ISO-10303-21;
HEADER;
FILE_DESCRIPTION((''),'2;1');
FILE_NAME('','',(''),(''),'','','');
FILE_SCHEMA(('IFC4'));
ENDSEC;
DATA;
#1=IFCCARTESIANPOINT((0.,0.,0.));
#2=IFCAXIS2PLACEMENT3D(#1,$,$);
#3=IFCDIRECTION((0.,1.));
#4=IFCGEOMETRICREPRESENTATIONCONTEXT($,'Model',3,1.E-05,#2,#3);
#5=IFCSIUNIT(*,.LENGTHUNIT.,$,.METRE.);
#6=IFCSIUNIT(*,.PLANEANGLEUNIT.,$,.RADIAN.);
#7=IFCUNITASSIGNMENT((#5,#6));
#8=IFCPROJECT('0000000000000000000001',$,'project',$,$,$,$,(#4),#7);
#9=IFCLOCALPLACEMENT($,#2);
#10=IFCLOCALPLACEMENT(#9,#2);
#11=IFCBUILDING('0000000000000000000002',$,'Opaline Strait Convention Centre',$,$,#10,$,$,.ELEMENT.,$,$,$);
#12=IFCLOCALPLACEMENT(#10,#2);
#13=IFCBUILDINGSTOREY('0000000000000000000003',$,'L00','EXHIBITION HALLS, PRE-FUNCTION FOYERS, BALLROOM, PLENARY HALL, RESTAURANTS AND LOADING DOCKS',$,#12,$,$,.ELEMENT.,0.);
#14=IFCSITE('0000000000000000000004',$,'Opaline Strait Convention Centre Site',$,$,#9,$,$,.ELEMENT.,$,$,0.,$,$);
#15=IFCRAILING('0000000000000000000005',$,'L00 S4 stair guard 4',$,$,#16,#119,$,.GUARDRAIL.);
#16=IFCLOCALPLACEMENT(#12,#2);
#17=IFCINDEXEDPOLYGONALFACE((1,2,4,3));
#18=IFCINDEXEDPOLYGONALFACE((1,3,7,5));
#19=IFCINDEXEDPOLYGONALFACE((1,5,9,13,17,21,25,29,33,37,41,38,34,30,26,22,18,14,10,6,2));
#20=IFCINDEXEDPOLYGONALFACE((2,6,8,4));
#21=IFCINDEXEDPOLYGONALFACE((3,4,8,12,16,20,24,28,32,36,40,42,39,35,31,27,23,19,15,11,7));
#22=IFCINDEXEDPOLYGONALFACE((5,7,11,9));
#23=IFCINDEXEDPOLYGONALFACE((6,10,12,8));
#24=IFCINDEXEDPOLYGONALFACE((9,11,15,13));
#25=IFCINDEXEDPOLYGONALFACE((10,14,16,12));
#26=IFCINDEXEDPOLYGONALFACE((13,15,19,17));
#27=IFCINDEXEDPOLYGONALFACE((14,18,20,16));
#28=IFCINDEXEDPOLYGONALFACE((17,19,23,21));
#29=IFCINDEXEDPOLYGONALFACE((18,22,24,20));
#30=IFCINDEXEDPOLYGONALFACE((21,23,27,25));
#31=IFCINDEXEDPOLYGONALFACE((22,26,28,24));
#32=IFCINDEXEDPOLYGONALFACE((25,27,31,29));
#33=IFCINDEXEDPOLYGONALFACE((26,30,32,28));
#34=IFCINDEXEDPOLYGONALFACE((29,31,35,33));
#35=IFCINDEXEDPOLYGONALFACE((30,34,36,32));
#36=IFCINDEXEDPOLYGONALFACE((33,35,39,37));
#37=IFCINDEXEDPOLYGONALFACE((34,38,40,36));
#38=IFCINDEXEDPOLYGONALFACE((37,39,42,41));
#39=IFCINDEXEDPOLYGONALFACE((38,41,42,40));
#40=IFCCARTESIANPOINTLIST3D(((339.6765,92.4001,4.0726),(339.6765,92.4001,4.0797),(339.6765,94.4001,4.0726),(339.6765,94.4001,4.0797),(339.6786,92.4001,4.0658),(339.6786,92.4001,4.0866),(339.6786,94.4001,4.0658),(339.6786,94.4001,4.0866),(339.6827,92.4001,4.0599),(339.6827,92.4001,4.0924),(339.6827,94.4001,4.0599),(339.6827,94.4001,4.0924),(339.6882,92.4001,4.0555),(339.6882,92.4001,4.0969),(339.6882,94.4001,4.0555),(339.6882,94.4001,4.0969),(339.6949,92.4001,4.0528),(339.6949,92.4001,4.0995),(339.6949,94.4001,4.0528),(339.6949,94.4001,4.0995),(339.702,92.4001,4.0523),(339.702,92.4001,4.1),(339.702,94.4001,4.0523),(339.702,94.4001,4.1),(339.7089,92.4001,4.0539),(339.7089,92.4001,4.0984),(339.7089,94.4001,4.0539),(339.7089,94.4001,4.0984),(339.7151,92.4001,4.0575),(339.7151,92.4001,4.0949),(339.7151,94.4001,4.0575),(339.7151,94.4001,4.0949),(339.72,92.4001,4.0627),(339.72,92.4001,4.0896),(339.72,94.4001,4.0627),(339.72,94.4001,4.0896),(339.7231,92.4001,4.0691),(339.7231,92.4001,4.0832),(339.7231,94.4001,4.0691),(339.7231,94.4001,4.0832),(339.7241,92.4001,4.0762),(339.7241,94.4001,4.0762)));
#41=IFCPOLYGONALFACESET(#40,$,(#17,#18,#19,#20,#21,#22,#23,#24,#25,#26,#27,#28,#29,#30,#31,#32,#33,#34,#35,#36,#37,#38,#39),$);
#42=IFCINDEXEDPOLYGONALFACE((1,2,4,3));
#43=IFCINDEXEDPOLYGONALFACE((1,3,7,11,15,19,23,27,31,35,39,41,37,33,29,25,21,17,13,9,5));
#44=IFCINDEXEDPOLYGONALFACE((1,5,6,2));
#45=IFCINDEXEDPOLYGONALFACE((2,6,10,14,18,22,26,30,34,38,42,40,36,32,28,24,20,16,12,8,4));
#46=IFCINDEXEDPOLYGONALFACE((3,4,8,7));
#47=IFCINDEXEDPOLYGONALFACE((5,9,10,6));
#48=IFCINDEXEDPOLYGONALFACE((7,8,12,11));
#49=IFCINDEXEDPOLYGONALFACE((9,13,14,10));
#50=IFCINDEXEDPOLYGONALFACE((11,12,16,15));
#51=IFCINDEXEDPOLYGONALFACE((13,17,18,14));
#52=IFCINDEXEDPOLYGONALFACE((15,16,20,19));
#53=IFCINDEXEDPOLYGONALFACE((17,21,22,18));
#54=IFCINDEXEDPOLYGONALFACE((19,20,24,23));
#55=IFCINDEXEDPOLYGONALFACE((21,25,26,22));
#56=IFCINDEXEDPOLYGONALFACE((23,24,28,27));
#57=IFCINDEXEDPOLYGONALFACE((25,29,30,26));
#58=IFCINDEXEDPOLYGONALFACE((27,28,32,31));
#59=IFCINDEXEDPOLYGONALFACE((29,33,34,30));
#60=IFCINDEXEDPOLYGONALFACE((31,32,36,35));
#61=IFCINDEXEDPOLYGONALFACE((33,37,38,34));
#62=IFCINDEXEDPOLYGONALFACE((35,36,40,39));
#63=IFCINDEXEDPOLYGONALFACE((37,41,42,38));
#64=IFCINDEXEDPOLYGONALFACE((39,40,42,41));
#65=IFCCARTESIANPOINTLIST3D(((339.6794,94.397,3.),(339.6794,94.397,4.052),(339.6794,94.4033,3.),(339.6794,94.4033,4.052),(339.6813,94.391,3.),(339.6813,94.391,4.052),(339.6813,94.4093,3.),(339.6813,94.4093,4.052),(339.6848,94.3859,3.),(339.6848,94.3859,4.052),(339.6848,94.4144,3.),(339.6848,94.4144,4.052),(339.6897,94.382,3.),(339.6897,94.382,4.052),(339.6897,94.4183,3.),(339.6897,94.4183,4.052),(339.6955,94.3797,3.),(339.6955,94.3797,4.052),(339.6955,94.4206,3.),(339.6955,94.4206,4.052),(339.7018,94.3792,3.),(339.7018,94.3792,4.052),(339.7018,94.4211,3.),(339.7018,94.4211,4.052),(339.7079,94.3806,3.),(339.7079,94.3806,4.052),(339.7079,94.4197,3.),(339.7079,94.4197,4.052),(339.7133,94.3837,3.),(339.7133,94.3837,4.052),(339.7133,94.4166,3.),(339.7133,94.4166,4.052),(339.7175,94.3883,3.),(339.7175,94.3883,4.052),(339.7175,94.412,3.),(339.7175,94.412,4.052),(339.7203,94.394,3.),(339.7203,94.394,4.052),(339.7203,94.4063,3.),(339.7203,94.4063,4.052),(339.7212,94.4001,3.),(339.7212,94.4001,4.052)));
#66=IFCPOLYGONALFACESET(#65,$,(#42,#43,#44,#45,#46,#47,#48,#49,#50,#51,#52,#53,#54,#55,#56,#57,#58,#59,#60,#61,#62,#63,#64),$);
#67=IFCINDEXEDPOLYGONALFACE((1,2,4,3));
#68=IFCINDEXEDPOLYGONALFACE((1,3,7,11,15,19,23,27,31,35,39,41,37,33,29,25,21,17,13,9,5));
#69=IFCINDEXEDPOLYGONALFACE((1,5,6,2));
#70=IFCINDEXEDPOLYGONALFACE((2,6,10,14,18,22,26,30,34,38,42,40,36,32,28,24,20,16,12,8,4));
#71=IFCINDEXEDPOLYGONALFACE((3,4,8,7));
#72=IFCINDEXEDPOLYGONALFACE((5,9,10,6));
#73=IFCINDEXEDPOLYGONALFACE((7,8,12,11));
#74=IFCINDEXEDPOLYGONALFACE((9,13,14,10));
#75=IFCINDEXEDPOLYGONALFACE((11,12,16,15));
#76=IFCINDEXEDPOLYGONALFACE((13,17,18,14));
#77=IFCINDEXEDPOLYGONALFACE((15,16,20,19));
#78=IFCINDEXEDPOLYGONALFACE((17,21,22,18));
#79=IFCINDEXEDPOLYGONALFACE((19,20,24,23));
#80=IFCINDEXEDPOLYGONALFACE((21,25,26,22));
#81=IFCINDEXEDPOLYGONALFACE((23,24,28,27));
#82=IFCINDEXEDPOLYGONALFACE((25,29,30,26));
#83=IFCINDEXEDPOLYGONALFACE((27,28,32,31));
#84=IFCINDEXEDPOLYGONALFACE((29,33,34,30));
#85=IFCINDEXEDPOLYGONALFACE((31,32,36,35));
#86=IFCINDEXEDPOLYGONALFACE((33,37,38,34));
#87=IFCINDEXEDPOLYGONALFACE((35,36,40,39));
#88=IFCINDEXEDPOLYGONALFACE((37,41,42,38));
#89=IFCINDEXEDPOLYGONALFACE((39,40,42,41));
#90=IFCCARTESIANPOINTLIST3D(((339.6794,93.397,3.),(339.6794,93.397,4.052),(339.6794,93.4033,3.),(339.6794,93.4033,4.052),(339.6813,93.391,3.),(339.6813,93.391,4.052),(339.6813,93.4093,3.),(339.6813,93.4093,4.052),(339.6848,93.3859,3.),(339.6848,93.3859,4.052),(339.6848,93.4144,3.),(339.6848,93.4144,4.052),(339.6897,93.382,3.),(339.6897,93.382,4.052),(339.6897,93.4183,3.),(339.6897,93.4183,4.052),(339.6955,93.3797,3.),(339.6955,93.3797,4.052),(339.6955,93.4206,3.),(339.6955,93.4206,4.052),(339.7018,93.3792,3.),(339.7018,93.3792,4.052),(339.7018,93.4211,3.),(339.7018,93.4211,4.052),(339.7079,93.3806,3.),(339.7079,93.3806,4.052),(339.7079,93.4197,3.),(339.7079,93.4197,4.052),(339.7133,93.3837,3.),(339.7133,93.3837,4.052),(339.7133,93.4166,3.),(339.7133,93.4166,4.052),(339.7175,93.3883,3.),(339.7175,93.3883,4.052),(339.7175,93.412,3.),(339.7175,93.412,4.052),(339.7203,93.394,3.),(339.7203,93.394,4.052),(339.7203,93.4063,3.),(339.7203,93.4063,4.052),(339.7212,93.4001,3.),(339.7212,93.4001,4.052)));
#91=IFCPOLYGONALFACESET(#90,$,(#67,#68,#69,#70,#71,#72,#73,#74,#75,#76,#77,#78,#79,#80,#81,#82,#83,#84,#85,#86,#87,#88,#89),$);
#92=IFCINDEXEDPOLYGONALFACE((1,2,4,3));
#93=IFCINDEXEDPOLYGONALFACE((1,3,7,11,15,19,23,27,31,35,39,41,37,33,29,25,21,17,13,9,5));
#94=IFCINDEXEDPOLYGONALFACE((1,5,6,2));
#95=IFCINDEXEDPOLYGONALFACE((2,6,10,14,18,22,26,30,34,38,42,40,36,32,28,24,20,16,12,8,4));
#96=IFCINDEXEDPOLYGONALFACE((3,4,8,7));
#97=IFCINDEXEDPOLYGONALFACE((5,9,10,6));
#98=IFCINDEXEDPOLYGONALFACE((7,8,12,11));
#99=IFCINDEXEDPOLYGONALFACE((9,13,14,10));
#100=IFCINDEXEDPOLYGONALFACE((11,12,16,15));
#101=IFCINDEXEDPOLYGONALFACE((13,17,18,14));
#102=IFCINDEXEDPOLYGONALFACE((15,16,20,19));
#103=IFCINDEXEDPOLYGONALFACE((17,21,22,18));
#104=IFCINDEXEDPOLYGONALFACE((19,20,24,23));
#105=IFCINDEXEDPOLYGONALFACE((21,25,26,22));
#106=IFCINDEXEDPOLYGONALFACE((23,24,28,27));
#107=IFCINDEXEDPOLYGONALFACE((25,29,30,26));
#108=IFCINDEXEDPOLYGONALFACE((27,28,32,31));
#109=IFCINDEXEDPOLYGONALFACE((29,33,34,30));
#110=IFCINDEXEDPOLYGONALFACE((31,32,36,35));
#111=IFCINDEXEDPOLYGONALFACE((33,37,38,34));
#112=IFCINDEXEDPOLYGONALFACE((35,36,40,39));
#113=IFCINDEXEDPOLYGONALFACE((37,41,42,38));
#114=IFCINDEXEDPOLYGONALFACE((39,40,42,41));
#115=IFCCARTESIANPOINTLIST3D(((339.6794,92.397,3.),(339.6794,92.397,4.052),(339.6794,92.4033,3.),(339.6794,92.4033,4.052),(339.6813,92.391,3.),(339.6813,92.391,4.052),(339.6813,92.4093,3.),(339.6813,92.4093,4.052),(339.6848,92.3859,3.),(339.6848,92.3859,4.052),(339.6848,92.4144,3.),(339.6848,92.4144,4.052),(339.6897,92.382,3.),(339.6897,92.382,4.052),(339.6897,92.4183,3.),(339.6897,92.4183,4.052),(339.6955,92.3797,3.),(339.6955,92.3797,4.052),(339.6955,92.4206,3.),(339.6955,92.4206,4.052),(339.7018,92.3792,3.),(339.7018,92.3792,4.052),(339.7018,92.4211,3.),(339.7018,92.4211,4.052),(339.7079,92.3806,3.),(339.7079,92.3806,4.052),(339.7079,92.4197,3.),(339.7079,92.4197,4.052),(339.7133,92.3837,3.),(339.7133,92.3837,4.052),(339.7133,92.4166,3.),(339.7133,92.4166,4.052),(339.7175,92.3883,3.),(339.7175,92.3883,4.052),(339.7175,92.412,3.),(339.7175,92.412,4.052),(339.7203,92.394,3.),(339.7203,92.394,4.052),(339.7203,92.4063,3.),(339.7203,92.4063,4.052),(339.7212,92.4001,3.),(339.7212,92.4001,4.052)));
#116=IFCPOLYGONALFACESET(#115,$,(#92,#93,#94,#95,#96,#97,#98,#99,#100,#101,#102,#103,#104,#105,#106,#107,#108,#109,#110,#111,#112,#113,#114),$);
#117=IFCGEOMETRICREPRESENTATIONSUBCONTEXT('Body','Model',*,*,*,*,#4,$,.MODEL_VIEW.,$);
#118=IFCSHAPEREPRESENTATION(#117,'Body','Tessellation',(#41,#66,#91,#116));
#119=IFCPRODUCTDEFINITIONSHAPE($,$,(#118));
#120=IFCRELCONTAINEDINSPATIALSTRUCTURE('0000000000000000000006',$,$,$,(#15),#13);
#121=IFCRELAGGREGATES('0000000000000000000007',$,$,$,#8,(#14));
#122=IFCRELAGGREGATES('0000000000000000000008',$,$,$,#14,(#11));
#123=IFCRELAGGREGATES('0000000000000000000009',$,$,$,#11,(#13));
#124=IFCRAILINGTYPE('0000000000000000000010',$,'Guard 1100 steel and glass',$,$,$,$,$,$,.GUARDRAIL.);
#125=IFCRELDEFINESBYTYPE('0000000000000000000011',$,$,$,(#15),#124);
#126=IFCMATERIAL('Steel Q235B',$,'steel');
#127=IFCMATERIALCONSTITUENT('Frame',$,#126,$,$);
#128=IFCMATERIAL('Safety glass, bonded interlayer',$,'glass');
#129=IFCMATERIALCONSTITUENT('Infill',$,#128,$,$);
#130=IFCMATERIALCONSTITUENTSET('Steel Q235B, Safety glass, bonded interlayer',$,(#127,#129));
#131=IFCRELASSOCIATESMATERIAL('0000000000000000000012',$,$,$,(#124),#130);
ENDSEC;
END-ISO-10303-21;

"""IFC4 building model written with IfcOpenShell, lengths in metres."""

from ifc_helpers import new_model, si_unit, direction, frame, origin, origin_2d, place, context, subcontext, project, spatial, circle, extrude, material, constituent, constituent_set, type_object, element, save


model = new_model("IFC4")

# Units and contexts
model_context = context("Model", 3, precision=1e-05, world=origin(), true_north=direction((0.0, 1.0)))
body_context = subcontext(model_context, "Body", "Model", "MODEL_VIEW")
ifc_project = project(units=[si_unit("LENGTHUNIT", "METRE"), si_unit("PLANEANGLEUNIT", "RADIAN")], contexts=[model_context])

# Site, building, storey
site_placement = place(None, origin())
site = spatial("IfcSite", under=ifc_project, at=site_placement, Name="Opaline Strait Convention Centre Site", CompositionType="ELEMENT", RefElevation=0.0)
building_placement = place(site_placement, origin())
building = spatial("IfcBuilding", under=site, at=building_placement, Name="Opaline Strait Convention Centre", CompositionType="ELEMENT")
storey_placement = place(building_placement, origin())
storey = spatial("IfcBuildingStorey", under=building, at=storey_placement, Name="L00", Description="EXHIBITION HALLS, PRE-FUNCTION FOYERS, BALLROOM, PLENARY HALL, RESTAURANTS AND LOADING DOCKS", CompositionType="ELEMENT", Elevation=0.0)

# Railing
ifc_material_1 = material(Name="Steel Q235B", Category="steel")
ifc_constituent_1 = constituent(ifc_material_1, Name="Frame")
ifc_material_2 = material(Name="Safety glass, bonded interlayer", Category="glass")
ifc_constituent_2 = constituent(ifc_material_2, Name="Infill")
ifc_constituent_set = constituent_set(constituents=[ifc_constituent_1, ifc_constituent_2], Name="Steel Q235B, Safety glass, bonded interlayer")
railing_type_1 = type_object("IfcRailingType", Name="Guard 1100 steel and glass", PredefinedType="GUARDRAIL", material=ifc_constituent_set)
railing_1_placement = place(storey_placement, frame((339.7002, 94.4001, 3.0)))
element("IfcRailing", 1, at=railing_1_placement, inside=storey, type_object=railing_type_1, Name="L00 S4 stair guard 4", PredefinedType="GUARDRAIL", context=body_context, shape_type="SweptSolid", body=[
    extrude(circle(Radius=0.0239, at=origin_2d()), frame((0.0, 0.0, 1.0762), z_axis=(0.0, -1.0, 0.0), x_axis=(1.0, 0.0, 0.0)), (0.0, 0.0, 1.0), 2.0),
    extrude(circle(Radius=0.021, at=origin_2d()), origin(), (0.0, 0.0, 1.0), 1.052),
    extrude(circle(Radius=0.021, at=origin_2d()), frame((0.0, -1.0, 0.0)), (0.0, 0.0, 1.0), 1.052),
    extrude(circle(Radius=0.021, at=origin_2d()), frame((0.0, -2.0, 0.0)), (0.0, 0.0, 1.0), 1.052),
])

save(model, "model.ifc")
